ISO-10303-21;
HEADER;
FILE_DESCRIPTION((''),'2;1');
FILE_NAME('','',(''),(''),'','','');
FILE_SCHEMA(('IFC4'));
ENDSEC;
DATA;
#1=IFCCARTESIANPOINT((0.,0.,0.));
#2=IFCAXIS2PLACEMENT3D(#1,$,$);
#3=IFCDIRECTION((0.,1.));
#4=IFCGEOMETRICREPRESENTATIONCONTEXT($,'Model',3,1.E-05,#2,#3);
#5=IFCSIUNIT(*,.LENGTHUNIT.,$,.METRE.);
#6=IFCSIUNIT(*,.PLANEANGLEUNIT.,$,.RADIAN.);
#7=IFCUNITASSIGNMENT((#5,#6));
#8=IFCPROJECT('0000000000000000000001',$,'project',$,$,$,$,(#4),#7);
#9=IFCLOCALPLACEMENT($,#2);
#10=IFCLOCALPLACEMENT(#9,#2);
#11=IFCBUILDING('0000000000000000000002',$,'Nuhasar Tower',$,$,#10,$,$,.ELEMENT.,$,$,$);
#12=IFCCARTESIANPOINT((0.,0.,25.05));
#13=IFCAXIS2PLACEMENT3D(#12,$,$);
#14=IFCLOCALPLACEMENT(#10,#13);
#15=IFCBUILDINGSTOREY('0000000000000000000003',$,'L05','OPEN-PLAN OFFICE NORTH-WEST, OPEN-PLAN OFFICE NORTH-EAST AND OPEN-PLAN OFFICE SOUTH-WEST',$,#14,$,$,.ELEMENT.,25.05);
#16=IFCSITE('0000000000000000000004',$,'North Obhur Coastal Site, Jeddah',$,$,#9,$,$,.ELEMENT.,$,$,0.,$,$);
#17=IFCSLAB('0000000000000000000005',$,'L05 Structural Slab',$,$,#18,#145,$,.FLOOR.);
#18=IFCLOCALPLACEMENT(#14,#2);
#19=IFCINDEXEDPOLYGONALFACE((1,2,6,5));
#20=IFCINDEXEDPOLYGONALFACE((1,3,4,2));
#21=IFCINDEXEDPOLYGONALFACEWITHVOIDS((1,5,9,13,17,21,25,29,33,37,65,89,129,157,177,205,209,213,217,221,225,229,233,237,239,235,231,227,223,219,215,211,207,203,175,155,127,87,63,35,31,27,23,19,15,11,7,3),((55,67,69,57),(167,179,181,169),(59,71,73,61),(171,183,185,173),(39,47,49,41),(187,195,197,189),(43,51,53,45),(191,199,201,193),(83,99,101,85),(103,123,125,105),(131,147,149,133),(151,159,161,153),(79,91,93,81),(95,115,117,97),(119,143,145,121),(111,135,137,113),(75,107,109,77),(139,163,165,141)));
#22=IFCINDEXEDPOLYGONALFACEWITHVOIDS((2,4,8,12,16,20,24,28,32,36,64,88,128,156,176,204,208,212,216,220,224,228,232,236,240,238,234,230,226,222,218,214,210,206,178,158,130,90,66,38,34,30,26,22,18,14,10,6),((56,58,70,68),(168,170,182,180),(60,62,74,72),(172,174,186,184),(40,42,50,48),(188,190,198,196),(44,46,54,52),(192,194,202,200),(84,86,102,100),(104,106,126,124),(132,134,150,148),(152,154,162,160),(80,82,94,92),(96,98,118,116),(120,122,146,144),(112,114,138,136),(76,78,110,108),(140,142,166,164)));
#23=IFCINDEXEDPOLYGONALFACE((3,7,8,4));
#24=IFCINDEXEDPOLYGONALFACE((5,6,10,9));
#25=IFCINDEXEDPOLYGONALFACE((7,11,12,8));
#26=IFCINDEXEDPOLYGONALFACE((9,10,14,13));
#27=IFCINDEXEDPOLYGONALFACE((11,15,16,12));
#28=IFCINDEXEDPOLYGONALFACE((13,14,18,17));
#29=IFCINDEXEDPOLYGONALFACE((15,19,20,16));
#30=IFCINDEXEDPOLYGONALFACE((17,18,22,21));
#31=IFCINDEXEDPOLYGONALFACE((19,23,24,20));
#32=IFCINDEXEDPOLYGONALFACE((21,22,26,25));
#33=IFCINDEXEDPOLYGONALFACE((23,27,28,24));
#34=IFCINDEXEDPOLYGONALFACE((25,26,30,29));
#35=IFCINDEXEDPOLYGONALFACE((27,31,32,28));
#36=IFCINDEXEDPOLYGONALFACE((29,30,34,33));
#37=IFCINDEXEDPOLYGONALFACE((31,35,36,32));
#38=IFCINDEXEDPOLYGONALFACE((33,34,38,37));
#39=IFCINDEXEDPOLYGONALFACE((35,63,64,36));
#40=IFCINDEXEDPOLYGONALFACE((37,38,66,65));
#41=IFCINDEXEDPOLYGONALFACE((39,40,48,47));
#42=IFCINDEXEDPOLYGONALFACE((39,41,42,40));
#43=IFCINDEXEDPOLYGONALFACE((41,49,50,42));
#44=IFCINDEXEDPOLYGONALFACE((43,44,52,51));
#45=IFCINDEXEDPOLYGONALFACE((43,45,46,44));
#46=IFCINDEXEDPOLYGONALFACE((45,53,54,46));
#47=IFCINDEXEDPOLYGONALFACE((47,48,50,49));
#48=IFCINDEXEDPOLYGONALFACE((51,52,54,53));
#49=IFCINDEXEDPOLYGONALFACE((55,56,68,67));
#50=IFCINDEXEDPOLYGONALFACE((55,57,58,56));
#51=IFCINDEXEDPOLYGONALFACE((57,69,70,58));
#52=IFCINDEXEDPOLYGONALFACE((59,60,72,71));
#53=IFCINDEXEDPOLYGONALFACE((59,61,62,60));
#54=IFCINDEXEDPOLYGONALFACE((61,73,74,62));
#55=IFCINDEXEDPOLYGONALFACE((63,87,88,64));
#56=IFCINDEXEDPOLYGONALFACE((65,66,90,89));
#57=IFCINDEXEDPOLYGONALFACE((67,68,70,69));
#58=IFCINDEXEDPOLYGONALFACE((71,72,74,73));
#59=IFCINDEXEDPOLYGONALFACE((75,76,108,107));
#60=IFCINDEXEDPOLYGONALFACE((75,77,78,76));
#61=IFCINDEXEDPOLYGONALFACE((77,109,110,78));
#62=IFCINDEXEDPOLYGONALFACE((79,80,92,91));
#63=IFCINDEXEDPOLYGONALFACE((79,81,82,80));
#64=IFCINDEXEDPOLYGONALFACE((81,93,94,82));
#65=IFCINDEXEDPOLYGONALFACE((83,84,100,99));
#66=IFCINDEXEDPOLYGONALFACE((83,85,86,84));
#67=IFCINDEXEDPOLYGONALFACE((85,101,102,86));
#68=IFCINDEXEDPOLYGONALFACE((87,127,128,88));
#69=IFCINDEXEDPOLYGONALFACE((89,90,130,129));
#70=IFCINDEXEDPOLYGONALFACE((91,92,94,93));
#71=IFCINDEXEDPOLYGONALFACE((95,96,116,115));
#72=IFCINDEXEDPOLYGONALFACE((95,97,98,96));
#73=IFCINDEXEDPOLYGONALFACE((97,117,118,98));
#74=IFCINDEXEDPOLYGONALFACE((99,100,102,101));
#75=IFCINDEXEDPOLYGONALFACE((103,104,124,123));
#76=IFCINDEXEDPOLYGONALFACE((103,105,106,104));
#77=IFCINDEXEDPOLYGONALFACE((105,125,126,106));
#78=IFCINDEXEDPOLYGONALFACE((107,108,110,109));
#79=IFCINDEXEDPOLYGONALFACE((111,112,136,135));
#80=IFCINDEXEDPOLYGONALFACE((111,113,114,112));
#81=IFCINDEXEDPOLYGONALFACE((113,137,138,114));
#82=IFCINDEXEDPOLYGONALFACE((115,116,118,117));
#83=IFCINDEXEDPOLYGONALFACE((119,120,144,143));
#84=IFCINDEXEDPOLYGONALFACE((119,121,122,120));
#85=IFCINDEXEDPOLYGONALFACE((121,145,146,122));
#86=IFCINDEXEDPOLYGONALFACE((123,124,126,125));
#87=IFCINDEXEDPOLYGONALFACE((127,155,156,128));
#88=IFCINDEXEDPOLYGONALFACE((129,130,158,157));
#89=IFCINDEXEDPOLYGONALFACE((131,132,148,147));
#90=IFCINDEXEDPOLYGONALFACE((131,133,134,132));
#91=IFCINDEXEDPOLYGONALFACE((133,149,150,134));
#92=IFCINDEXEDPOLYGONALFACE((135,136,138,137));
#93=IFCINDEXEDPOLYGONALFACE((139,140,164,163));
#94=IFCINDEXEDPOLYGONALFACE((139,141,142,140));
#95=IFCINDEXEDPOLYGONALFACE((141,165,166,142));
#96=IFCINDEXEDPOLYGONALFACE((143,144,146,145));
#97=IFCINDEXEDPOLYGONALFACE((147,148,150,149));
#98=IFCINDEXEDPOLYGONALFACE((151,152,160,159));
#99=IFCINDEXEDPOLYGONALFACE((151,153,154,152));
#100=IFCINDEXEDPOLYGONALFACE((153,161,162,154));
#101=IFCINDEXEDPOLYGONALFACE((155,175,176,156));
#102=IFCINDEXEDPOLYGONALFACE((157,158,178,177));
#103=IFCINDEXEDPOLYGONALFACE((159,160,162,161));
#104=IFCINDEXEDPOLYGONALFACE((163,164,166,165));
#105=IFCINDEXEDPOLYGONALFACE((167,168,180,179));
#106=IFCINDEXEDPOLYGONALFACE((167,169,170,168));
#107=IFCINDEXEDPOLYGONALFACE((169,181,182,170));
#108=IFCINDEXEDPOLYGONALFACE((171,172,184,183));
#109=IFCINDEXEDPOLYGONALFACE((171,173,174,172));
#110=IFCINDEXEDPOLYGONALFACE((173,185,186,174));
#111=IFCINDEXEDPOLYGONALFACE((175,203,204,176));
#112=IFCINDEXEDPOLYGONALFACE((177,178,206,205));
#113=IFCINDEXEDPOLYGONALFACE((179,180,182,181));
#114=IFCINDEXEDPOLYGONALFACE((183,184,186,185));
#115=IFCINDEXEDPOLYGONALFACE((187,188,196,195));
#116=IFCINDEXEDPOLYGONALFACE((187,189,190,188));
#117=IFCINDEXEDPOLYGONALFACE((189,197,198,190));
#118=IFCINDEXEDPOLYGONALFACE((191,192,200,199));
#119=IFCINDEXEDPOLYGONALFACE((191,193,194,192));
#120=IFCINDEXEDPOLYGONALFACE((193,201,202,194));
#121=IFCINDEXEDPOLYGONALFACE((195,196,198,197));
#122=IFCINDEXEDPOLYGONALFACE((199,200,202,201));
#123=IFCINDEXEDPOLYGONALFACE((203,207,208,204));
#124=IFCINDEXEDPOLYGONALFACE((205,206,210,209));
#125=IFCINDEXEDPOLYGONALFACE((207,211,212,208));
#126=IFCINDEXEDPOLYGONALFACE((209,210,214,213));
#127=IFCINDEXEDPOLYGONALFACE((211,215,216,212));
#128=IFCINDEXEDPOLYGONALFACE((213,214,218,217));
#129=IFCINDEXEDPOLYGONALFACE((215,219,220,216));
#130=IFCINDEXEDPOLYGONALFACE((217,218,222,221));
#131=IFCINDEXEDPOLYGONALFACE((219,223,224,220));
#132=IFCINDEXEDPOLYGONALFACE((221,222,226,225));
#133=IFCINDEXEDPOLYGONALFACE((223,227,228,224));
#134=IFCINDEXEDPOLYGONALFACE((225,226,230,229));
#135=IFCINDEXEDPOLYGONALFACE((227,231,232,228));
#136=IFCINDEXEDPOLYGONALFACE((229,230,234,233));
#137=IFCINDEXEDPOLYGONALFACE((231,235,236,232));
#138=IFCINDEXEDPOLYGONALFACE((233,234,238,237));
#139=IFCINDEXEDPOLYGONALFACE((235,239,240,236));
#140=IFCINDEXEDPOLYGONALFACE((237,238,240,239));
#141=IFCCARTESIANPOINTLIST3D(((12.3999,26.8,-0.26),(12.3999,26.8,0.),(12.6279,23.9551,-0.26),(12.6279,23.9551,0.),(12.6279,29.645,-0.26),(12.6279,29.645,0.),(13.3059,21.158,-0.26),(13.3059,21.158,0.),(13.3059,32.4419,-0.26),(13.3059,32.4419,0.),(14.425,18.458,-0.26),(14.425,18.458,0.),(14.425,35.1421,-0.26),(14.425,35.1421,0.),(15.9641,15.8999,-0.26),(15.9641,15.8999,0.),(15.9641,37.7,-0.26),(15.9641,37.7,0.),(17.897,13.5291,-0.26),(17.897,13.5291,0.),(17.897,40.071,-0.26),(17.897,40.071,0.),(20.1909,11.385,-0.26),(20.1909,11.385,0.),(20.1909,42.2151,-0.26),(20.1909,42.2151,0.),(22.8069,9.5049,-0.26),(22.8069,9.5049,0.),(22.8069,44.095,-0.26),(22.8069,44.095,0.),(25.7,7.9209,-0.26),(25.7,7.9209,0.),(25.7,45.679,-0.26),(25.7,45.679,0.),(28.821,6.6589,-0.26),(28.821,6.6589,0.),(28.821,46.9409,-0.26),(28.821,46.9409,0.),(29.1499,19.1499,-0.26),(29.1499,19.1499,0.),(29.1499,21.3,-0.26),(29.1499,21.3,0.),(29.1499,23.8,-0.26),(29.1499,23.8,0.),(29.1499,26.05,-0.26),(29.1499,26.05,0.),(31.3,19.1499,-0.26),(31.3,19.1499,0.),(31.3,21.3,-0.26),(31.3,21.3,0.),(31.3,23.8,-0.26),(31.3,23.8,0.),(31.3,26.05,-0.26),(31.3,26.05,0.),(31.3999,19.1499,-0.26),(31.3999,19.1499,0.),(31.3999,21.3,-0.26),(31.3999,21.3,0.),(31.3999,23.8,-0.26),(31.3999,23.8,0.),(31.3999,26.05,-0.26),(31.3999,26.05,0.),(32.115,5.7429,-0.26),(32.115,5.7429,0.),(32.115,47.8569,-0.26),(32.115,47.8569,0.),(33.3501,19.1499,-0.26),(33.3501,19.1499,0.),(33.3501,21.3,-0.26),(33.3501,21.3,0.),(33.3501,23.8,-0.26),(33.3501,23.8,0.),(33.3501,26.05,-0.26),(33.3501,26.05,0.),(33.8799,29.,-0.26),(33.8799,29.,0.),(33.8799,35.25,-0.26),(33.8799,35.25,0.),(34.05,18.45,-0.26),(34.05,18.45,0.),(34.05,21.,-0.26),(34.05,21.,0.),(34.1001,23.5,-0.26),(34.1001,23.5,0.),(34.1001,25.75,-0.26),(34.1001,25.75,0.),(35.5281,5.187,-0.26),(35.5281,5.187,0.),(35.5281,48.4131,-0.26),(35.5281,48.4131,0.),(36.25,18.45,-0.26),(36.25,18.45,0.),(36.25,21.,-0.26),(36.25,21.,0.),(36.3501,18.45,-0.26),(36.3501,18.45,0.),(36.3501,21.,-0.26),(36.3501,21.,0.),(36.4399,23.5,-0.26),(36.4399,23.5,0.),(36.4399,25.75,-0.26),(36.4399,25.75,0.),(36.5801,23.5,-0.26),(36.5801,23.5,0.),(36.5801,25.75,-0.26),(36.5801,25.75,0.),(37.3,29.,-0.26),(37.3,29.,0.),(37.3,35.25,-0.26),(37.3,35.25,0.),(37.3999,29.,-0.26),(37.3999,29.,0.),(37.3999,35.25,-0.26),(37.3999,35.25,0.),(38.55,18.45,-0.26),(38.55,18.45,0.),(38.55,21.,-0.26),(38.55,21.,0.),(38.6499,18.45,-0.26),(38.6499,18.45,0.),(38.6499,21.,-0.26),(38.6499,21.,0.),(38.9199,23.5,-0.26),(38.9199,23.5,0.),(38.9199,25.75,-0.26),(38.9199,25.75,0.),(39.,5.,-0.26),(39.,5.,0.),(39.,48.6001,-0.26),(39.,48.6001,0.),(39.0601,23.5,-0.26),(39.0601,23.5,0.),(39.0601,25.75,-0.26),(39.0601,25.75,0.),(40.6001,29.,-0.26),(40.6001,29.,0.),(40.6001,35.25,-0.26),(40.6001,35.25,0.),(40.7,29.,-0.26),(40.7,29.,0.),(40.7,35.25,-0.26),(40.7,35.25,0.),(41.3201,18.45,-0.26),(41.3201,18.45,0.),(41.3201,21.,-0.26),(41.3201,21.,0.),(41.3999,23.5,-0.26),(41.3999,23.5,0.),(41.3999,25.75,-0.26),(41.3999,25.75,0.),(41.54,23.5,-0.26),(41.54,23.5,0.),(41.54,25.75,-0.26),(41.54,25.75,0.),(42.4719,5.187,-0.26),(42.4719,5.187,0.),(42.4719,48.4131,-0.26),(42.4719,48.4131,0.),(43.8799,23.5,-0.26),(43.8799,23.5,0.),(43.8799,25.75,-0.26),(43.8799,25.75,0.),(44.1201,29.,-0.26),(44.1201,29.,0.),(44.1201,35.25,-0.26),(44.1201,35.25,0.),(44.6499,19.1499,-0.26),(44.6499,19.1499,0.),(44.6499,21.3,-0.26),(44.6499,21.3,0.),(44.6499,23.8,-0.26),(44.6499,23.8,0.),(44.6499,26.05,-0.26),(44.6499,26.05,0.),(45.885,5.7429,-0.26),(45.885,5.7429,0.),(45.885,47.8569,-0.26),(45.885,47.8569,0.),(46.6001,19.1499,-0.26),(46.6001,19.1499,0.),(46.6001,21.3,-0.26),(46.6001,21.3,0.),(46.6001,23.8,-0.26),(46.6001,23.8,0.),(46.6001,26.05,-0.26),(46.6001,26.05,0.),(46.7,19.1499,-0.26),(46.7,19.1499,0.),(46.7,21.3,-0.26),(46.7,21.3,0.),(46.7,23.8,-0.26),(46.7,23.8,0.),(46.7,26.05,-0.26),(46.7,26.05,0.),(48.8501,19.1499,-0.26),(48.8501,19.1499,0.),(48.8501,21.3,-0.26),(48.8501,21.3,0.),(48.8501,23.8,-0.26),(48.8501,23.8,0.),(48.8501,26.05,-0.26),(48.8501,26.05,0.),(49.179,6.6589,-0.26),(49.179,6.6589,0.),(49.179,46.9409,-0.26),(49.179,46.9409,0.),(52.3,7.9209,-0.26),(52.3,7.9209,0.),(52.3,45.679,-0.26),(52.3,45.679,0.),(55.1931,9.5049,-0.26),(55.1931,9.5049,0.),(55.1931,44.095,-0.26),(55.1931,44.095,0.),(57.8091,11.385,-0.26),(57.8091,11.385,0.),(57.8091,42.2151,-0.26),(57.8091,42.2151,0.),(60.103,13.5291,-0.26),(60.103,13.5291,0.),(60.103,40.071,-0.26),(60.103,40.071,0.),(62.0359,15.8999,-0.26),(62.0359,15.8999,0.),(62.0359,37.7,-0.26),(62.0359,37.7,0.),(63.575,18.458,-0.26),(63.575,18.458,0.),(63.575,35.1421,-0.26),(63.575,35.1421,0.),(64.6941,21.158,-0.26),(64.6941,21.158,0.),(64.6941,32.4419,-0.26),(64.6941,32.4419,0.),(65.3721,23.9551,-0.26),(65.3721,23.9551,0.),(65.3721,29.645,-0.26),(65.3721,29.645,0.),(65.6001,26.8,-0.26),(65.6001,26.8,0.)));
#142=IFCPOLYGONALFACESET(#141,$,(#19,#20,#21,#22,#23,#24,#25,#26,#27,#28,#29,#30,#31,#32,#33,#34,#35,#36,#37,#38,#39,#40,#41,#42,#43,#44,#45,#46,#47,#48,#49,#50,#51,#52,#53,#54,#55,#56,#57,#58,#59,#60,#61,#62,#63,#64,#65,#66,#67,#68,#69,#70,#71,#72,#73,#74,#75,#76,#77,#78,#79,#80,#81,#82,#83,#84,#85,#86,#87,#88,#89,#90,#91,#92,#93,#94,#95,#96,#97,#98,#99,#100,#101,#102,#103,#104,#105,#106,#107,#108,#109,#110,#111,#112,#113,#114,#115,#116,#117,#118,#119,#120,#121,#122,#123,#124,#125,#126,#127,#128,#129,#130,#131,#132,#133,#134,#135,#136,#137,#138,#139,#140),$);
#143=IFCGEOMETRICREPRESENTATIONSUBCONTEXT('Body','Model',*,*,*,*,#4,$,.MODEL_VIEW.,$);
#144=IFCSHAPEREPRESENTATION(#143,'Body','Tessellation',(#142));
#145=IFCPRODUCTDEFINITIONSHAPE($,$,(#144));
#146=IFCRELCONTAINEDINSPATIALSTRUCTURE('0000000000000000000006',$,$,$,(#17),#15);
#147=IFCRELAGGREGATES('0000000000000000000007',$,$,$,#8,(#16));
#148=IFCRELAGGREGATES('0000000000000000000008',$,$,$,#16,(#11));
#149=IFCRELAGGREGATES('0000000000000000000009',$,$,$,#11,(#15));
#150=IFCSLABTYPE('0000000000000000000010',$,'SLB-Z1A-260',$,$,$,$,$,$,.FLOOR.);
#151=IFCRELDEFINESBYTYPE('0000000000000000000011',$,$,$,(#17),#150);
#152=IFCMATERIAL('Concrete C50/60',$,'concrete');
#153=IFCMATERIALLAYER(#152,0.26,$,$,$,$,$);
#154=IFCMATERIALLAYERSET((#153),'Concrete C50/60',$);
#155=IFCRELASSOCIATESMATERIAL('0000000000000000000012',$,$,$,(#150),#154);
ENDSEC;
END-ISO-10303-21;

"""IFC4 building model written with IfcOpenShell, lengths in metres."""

from ifc_helpers import new_model, si_unit, direction, frame, origin, place, context, subcontext, project, spatial, polyline, outline, extrude, material, layer, layer_set, type_object, element, save


model = new_model("IFC4")

# Units and contexts
model_context = context("Model", 3, precision=1e-05, world=origin(), true_north=direction((0.0, 1.0)))
body_context = subcontext(model_context, "Body", "Model", "MODEL_VIEW")
ifc_project = project(units=[si_unit("LENGTHUNIT", "METRE"), si_unit("PLANEANGLEUNIT", "RADIAN")], contexts=[model_context])

# Site, building, storey
site_placement = place(None, origin())
site = spatial("IfcSite", under=ifc_project, at=site_placement, Name="North Obhur Coastal Site, Jeddah", CompositionType="ELEMENT", RefElevation=0.0)
building_placement = place(site_placement, origin())
building = spatial("IfcBuilding", under=site, at=building_placement, Name="Nuhasar Tower", CompositionType="ELEMENT")
storey_placement = place(building_placement, frame((0.0, 0.0, 25.05)))
storey = spatial("IfcBuildingStorey", under=building, at=storey_placement, Name="L05", Description="OPEN-PLAN OFFICE NORTH-WEST, OPEN-PLAN OFFICE NORTH-EAST AND OPEN-PLAN OFFICE SOUTH-WEST", CompositionType="ELEMENT", Elevation=25.05)

# Slab
ifc_material_1 = material(Name="Concrete C50/60", Category="concrete")
ifc_layer_1 = layer(ifc_material_1, 0.26)
ifc_layer_set_1 = layer_set([ifc_layer_1], Name="Concrete C50/60")
slab_type_1 = type_object("IfcSlabType", Name="SLB-Z1A-260", PredefinedType="FLOOR", material=ifc_layer_set_1)
slab_1_placement = place(storey_placement, frame((0.0, 0.0, -0.26)))
element("IfcSlab", 1, at=slab_1_placement, inside=storey, type_object=slab_type_1, Name="L05 Structural Slab", PredefinedType="FLOOR", context=body_context, shape_type="SweptSolid", body=[
    extrude(outline(polyline([(65.6001, 26.8), (65.3721, 29.645), (64.6941, 32.4419), (63.575, 35.1421), (62.0359, 37.7), (60.103, 40.071), (57.8091, 42.2151), (55.1931, 44.095), (52.3, 45.679), (49.179, 46.9409), (45.885, 47.8569), (42.4719, 48.4131), (39.0, 48.6001), (35.5281, 48.4131), (32.115, 47.8569), (28.821, 46.9409), (25.7, 45.679), (22.8069, 44.095), (20.1909, 42.2151), (17.897, 40.071), (15.9641, 37.7), (14.425, 35.1421), (13.3059, 32.4419), (12.6279, 29.645), (12.3999, 26.8), (12.6279, 23.9551), (13.3059, 21.158), (14.425, 18.458), (15.9641, 15.8999), (17.897, 13.5291), (20.1909, 11.385), (22.8069, 9.5049), (25.7, 7.9209), (28.821, 6.6589), (32.115, 5.7429), (35.5281, 5.187), (39.0, 5.0), (42.4719, 5.187), (45.885, 5.7429), (49.179, 6.6589), (52.3, 7.9209), (55.1931, 9.5049), (57.8091, 11.385), (60.103, 13.5291), (62.0359, 15.8999), (63.575, 18.458), (64.6941, 21.158), (65.3721, 23.9551), (65.6001, 26.8)]), holes=[polyline([(33.8799, 35.25), (37.3, 35.25), (37.3, 29.0), (33.8799, 29.0), (33.8799, 35.25)]), polyline([(37.3999, 35.25), (40.6001, 35.25), (40.6001, 29.0), (37.3999, 29.0), (37.3999, 35.25)]), polyline([(40.7, 35.25), (44.1201, 35.25), (44.1201, 29.0), (40.7, 29.0), (40.7, 35.25)]), polyline([(29.1499, 26.05), (31.3, 26.05), (31.3, 23.8), (29.1499, 23.8), (29.1499, 26.05)]), polyline([(31.3999, 26.05), (33.3501, 26.05), (33.3501, 23.8), (31.3999, 23.8), (31.3999, 26.05)]), polyline([(29.1499, 21.3), (31.3, 21.3), (31.3, 19.1499), (29.1499, 19.1499), (29.1499, 21.3)]), polyline([(31.3999, 21.3), (33.3501, 21.3), (33.3501, 19.1499), (31.3999, 19.1499), (31.3999, 21.3)]), polyline([(44.6499, 26.05), (46.6001, 26.05), (46.6001, 23.8), (44.6499, 23.8), (44.6499, 26.05)]), polyline([(46.7, 26.05), (48.8501, 26.05), (48.8501, 23.8), (46.7, 23.8), (46.7, 26.05)]), polyline([(44.6499, 21.3), (46.6001, 21.3), (46.6001, 19.1499), (44.6499, 19.1499), (44.6499, 21.3)]), polyline([(46.7, 21.3), (48.8501, 21.3), (48.8501, 19.1499), (46.7, 19.1499), (46.7, 21.3)]), polyline([(34.1001, 25.75), (36.4399, 25.75), (36.4399, 23.5), (34.1001, 23.5), (34.1001, 25.75)]), polyline([(36.5801, 25.75), (38.9199, 25.75), (38.9199, 23.5), (36.5801, 23.5), (36.5801, 25.75)]), polyline([(39.0601, 25.75), (41.3999, 25.75), (41.3999, 23.5), (39.0601, 23.5), (39.0601, 25.75)]), polyline([(41.54, 25.75), (43.8799, 25.75), (43.8799, 23.5), (41.54, 23.5), (41.54, 25.75)]), polyline([(34.05, 21.0), (36.25, 21.0), (36.25, 18.45), (34.05, 18.45), (34.05, 21.0)]), polyline([(36.3501, 21.0), (38.55, 21.0), (38.55, 18.45), (36.3501, 18.45), (36.3501, 21.0)]), polyline([(38.6499, 21.0), (41.3201, 21.0), (41.3201, 18.45), (38.6499, 18.45), (38.6499, 21.0)])]), origin(), (0.0, 0.0, 1.0), 0.26),
])

save(model, "model.ifc")
